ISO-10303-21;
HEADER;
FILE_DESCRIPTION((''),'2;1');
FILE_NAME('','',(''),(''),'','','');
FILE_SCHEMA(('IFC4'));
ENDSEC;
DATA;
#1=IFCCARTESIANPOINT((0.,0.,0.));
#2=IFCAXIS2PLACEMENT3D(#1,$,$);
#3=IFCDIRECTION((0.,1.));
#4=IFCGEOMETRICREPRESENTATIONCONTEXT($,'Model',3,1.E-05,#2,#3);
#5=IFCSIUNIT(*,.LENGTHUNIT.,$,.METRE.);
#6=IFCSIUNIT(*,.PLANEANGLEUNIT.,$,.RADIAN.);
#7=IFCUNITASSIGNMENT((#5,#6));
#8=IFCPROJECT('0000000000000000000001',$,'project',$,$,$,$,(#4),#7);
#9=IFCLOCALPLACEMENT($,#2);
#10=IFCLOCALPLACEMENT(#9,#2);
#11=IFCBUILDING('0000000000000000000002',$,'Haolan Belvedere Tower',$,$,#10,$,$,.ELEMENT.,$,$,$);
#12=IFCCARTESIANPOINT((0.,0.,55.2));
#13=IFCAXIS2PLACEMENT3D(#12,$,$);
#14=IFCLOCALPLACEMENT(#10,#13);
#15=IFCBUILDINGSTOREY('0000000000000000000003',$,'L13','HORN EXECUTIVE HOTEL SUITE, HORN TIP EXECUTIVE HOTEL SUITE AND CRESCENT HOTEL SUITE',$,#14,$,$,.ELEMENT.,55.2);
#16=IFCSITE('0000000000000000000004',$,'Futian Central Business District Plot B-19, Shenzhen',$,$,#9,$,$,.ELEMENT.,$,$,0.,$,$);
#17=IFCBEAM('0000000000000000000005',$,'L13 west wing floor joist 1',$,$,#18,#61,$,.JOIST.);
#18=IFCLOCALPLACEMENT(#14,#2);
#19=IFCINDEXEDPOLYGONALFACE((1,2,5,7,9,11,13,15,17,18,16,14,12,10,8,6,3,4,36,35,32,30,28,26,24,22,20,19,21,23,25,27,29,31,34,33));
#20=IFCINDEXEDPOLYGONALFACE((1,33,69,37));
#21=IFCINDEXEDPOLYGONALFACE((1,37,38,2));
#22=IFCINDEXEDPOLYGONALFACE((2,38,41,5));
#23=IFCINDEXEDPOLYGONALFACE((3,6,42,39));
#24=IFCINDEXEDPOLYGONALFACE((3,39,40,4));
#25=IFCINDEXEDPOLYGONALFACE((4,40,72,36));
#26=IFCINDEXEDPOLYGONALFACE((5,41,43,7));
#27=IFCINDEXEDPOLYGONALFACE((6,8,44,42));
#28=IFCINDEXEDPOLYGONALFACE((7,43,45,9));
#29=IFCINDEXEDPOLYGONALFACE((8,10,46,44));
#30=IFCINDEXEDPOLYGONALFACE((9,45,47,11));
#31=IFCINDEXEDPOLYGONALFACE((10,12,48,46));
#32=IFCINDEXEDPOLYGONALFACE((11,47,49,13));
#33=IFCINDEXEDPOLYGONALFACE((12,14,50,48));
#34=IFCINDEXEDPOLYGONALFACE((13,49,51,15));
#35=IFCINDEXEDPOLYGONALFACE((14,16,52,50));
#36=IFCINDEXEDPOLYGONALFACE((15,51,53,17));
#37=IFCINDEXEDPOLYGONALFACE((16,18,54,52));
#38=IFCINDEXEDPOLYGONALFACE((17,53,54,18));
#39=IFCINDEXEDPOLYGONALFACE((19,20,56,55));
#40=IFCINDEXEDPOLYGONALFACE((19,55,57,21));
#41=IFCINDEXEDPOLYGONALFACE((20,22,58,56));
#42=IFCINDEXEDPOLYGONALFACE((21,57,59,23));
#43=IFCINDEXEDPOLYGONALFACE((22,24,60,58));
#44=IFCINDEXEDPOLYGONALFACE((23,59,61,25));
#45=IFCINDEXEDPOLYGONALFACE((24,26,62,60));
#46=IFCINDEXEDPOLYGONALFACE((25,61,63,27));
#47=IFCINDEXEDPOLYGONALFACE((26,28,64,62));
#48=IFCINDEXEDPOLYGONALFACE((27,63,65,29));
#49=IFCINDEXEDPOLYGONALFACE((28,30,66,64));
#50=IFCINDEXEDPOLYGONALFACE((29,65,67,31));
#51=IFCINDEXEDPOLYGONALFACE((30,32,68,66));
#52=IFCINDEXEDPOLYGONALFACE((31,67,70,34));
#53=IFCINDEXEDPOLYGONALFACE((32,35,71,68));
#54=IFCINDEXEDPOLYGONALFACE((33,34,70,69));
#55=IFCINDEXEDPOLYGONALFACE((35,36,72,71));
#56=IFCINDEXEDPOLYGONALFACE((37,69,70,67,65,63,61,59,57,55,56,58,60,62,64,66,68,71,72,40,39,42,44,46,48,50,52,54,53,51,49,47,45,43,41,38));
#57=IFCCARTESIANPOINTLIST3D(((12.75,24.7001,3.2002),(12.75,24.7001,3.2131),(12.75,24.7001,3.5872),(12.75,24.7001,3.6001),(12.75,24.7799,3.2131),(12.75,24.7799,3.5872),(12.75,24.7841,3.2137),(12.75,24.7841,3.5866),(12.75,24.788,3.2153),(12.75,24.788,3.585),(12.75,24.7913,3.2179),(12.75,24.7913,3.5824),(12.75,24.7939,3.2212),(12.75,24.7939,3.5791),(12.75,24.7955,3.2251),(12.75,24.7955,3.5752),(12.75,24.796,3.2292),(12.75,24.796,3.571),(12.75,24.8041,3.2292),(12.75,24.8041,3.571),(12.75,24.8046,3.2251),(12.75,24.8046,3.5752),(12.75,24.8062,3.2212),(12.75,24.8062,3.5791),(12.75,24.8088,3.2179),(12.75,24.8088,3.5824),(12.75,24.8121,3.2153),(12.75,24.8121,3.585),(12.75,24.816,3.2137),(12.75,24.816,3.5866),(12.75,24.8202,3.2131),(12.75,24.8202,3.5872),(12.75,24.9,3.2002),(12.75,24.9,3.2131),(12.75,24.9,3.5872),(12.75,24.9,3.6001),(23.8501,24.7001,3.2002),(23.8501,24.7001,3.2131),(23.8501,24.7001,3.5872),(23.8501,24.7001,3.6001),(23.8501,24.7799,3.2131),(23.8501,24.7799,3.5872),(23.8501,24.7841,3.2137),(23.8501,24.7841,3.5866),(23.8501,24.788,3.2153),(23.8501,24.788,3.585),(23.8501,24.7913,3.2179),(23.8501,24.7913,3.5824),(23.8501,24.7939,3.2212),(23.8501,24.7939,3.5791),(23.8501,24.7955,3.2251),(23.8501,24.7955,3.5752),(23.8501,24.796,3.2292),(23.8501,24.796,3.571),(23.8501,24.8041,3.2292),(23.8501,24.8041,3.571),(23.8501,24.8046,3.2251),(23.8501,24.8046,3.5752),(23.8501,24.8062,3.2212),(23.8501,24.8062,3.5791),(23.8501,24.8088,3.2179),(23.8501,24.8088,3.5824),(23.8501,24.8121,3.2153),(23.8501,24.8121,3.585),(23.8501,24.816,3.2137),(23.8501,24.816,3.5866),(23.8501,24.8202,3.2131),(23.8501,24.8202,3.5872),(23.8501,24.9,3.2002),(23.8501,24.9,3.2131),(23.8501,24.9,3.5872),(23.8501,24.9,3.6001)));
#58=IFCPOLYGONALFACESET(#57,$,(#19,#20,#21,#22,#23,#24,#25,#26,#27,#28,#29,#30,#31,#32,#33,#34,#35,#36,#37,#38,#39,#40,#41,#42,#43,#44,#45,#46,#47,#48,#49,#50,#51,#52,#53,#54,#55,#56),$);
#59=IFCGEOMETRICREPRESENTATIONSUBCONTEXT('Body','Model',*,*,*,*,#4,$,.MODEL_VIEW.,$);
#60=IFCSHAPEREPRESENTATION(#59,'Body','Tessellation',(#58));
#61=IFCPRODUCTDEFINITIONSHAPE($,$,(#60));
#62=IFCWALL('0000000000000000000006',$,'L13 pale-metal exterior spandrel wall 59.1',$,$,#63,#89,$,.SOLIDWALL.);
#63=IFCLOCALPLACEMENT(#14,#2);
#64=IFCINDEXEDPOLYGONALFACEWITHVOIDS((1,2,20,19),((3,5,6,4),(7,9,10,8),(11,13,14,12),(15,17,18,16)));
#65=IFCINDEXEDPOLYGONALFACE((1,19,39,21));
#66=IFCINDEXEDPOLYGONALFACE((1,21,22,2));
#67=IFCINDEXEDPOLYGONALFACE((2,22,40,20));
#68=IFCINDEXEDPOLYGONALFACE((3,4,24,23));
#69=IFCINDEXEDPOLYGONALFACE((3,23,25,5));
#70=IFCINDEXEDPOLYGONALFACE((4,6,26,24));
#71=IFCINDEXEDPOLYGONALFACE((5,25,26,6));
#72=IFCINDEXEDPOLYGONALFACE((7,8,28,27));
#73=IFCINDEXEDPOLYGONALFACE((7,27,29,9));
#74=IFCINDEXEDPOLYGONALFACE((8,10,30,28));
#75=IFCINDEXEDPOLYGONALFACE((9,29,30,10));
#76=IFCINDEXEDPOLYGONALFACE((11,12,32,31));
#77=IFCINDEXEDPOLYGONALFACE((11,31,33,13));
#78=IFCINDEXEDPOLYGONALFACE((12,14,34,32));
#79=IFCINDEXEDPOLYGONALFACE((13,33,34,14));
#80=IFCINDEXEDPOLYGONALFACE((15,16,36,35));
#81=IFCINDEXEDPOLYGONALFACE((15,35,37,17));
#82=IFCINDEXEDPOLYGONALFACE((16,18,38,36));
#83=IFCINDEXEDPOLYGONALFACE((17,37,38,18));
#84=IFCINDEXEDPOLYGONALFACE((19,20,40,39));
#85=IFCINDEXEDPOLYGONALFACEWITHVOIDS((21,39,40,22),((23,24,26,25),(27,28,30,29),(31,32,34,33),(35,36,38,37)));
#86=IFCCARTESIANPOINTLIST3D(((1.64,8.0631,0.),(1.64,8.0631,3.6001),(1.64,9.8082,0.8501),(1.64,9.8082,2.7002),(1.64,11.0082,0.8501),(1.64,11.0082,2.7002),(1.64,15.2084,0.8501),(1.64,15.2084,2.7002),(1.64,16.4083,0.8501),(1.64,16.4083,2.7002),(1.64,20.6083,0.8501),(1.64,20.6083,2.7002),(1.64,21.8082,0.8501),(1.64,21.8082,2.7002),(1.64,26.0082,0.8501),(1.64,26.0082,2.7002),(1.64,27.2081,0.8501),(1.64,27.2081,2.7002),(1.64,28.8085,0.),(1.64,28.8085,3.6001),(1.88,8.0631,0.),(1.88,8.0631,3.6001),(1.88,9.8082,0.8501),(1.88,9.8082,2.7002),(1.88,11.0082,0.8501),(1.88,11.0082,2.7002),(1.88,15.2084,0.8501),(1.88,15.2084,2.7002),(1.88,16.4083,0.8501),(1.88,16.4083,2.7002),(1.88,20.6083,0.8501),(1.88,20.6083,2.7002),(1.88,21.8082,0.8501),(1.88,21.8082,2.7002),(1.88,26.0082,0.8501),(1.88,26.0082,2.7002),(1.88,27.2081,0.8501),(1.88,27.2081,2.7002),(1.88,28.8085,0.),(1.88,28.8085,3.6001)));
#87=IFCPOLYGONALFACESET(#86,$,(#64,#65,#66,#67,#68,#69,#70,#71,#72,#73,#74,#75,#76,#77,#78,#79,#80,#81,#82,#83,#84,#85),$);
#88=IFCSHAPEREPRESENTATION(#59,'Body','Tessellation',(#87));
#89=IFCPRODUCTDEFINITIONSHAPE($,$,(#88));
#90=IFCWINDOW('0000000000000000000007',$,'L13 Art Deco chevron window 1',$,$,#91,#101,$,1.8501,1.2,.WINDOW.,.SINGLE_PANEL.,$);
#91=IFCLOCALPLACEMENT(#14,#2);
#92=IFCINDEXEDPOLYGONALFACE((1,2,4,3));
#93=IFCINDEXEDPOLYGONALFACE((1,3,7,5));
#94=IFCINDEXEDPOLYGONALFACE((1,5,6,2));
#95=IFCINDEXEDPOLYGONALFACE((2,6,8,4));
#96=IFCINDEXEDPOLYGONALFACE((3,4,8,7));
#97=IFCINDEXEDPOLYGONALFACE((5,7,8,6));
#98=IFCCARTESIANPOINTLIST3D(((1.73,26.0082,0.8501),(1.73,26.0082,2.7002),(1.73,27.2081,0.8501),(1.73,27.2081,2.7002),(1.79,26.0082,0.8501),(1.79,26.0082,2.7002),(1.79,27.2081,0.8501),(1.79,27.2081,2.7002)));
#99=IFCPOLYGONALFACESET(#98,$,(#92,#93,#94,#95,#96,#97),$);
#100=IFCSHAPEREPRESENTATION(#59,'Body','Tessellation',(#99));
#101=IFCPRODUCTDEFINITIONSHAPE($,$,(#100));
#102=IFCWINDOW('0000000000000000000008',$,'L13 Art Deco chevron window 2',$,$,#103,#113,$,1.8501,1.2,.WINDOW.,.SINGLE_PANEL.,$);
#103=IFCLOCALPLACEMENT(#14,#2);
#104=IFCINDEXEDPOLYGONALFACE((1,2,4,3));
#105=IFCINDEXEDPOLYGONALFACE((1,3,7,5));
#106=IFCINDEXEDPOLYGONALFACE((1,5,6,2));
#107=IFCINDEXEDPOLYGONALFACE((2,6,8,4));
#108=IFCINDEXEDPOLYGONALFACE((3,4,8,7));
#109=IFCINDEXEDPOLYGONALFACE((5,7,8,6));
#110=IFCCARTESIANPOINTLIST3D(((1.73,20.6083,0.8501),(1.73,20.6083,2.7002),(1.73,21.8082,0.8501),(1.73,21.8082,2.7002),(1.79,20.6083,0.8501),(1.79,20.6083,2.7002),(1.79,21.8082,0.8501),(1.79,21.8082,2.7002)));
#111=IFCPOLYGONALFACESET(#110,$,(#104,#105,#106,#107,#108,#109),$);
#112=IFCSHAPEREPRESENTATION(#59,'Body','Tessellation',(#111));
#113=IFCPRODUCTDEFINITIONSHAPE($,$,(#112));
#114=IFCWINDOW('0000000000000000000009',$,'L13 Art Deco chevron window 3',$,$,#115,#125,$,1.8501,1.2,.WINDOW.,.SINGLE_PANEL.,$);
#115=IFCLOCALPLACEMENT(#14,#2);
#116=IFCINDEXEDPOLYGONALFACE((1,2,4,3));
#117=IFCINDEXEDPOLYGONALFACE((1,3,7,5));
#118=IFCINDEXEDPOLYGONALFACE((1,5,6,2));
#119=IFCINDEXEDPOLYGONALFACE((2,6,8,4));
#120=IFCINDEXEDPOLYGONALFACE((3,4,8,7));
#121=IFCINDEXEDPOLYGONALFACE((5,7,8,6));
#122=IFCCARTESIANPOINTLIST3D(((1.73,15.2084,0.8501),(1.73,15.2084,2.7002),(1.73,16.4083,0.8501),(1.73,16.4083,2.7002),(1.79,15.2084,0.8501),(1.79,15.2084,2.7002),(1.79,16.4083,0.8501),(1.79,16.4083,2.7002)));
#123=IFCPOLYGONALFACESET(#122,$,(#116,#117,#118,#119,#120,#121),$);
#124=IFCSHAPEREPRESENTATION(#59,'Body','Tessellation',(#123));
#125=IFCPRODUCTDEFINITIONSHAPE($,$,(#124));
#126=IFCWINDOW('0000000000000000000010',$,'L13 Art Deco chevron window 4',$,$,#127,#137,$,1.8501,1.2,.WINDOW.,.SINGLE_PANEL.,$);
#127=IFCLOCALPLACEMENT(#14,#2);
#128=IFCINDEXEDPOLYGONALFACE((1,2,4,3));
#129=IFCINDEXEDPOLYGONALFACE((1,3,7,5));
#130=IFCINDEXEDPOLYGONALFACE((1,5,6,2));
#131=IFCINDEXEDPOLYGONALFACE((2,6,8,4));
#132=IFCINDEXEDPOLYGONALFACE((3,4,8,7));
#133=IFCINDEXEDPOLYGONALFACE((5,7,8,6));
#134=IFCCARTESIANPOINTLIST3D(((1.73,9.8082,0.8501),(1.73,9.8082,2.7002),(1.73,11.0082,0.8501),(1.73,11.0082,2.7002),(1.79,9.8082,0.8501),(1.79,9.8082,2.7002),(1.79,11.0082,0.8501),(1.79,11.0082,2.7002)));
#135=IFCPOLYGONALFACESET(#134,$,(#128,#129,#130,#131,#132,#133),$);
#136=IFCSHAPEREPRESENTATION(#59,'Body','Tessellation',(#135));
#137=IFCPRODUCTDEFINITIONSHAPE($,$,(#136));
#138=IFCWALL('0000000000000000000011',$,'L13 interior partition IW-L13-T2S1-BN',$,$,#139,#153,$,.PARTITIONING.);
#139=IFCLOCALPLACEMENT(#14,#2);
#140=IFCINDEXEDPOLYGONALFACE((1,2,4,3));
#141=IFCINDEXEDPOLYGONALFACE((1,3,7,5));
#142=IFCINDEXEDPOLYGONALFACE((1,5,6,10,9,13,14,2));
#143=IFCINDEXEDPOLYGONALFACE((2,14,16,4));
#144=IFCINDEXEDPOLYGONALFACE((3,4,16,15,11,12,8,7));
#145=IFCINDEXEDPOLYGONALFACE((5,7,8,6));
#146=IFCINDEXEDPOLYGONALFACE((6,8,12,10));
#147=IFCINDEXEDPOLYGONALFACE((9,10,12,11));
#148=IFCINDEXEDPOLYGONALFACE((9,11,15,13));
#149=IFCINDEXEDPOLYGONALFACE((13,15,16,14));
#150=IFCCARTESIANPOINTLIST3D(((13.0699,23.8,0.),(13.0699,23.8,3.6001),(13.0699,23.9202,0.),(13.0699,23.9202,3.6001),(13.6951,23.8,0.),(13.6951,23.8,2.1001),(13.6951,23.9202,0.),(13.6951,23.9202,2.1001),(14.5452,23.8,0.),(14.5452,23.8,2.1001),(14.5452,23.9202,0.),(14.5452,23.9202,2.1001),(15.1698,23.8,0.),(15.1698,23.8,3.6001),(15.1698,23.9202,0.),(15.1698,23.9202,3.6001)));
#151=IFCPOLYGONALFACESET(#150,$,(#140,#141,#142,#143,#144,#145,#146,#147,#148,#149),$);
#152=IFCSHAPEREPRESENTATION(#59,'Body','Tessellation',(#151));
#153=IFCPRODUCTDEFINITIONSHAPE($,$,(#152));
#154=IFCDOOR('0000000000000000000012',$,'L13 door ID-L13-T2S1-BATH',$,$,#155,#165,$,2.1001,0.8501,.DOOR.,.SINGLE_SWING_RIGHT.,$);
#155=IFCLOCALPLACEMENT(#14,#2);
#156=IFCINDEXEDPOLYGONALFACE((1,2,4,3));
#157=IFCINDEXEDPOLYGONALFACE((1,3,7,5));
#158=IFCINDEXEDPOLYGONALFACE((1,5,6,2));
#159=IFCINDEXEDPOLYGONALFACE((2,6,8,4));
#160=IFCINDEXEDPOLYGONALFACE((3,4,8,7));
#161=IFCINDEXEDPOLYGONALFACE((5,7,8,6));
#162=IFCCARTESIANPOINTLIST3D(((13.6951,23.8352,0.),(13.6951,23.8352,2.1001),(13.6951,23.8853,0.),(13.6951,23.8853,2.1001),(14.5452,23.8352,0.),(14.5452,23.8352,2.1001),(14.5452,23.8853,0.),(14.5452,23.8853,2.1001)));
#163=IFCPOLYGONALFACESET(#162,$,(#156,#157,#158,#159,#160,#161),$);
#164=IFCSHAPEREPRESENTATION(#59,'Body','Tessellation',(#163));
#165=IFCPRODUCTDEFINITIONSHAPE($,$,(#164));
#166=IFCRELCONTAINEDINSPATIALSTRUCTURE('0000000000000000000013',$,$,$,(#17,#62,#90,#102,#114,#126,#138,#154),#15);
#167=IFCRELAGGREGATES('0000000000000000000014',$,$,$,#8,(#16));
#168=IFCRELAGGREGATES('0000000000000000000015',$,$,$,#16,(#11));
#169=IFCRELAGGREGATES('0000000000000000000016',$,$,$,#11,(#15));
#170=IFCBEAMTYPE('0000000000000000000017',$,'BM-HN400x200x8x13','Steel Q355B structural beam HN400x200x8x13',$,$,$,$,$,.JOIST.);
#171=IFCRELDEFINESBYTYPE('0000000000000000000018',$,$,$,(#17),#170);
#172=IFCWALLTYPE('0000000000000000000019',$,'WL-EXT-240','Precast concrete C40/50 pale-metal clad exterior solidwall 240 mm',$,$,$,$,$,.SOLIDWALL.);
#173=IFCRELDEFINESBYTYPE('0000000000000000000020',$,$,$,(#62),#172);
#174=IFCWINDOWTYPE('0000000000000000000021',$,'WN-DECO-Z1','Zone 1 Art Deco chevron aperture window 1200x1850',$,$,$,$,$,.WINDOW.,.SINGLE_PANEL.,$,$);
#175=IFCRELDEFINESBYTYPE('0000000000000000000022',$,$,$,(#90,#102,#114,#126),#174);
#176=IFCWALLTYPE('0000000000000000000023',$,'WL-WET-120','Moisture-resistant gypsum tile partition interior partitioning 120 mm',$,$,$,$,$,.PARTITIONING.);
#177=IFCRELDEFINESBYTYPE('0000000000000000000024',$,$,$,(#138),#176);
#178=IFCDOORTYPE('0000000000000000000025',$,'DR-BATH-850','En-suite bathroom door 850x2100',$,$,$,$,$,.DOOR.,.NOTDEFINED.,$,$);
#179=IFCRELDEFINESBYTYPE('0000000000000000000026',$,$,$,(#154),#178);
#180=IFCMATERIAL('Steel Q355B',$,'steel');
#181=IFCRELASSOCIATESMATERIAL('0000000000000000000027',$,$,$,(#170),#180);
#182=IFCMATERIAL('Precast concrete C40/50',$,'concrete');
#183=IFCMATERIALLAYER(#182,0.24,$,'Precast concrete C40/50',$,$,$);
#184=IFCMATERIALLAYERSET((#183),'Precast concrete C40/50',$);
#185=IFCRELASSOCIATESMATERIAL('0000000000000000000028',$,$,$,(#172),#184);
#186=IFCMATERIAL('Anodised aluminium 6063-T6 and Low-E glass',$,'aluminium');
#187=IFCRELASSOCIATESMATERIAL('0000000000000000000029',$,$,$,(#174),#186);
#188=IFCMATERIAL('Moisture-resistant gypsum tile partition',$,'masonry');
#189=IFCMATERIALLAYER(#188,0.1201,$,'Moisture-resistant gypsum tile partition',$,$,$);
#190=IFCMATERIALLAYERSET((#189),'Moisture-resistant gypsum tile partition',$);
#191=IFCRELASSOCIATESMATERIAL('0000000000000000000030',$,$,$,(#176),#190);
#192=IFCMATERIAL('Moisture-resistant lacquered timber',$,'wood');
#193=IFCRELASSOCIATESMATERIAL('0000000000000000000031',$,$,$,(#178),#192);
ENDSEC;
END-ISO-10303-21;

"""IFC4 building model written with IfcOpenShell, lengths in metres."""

from ifc_helpers import new_model, si_unit, direction, frame, frame_2d, origin, origin_2d, place, context, subcontext, project, spatial, rectangle, i_section, extrude, material, layer, layer_set, material_profile, profile_set, type_object, element, fill, save


model = new_model("IFC4")

# Units and contexts
model_context = context("Model", 3, precision=1e-05, world=origin(), true_north=direction((0.0, 1.0)))
body_context = subcontext(model_context, "Body", "Model", "MODEL_VIEW")
ifc_project = project(units=[si_unit("LENGTHUNIT", "METRE"), si_unit("PLANEANGLEUNIT", "RADIAN")], contexts=[model_context])

# Site, building, storey
site_placement = place(None, origin())
site = spatial("IfcSite", under=ifc_project, at=site_placement, Name="Futian Central Business District Plot B-19, Shenzhen", CompositionType="ELEMENT", RefElevation=0.0)
building_placement = place(site_placement, origin())
building = spatial("IfcBuilding", under=site, at=building_placement, Name="Haolan Belvedere Tower", CompositionType="ELEMENT")
storey_placement = place(building_placement, frame((0.0, 0.0, 55.2)))
storey = spatial("IfcBuildingStorey", under=building, at=storey_placement, Name="L13", Description="HORN EXECUTIVE HOTEL SUITE, HORN TIP EXECUTIVE HOTEL SUITE AND CRESCENT HOTEL SUITE", CompositionType="ELEMENT", Elevation=55.2)

# Shared definitions
ifc_material_1 = material(Name="Steel Q355B", Category="steel")

# Beam
ifc_material_profile_1 = material_profile(ifc_material_1, i_section(OverallWidth=0.2, OverallDepth=0.3999, WebThickness=0.0081, FlangeThickness=0.0129, FilletRadius=0.0161, at=origin_2d()), Name="Steel Q355B")
ifc_profile_set_1 = profile_set([ifc_material_profile_1], Name="Steel Q355B")
beam_type_1 = type_object("IfcBeamType", Name="BM-HN400x200x8x13", Description="Steel Q355B structural beam HN400x200x8x13", PredefinedType="JOIST", material=ifc_profile_set_1)
beam_1_placement = place(storey_placement, frame((12.75, 24.8, 3.4001), z_axis=(1.0, 0.0, 0.0), x_axis=(0.0, 1.0, 0.0)))
element("IfcBeam", 1, at=beam_1_placement, inside=storey, type_object=beam_type_1, Name="L13 west wing floor joist 1", PredefinedType="JOIST", context=body_context, shape_type="SweptSolid", body=[
    extrude(i_section(OverallWidth=0.2, OverallDepth=0.3999, WebThickness=0.0081, FlangeThickness=0.0129, FilletRadius=0.0161, at=origin_2d()), origin(), (0.0, 0.0, 1.0), 11.1001),
])

# Wall, openings, windows
ifc_material_2 = material(Name="Precast concrete C40/50", Category="concrete")
ifc_layer_1 = layer(ifc_material_2, 0.24, Name="Precast concrete C40/50")
ifc_layer_set_1 = layer_set([ifc_layer_1], Name="Precast concrete C40/50")
wall_type_1 = type_object("IfcWallType", Name="WL-EXT-240", Description="Precast concrete C40/50 pale-metal clad exterior solidwall 240 mm", PredefinedType="SOLIDWALL", material=ifc_layer_set_1)
wall_1_placement = place(storey_placement, frame((1.76, 28.8083, 0.0), z_axis=(0.0, 0.0, 1.0), x_axis=(0.0, -1.0, 0.0)))
wall_1 = element("IfcWall", 2, at=wall_1_placement, inside=storey, type_object=wall_type_1, Name="L13 pale-metal exterior spandrel wall 59.1", PredefinedType="SOLIDWALL", context=body_context, shape_type="SweptSolid", body=[
    extrude(rectangle(XDim=20.7454, YDim=0.24, at=frame_2d((10.3726, 0.0))), origin(), (0.0, 0.0, 1.0), 3.6001),
])
opening_1_placement = place(wall_1_placement, frame((1.6001, 0.0, 0.8501)))
opening_1 = element("IfcOpeningElement", 3, at=opening_1_placement, cuts=wall_1, PredefinedType="OPENING", context=body_context, shape_type="SweptSolid", body=[
    extrude(rectangle(XDim=1.2, YDim=1.8501, at=frame_2d((0.6001, 0.925))), frame((0.0, 0.1299, 0.0), z_axis=(0.0, -1.0, 0.0), x_axis=(1.0, 0.0, 0.0)), (0.0, 0.0, 1.0), 0.26),
])
opening_2_placement = place(wall_1_placement, frame((7.0, 0.0, 0.8501)))
opening_2 = element("IfcOpeningElement", 4, at=opening_2_placement, cuts=wall_1, PredefinedType="OPENING", context=body_context, shape_type="SweptSolid", body=[
    extrude(rectangle(XDim=1.2, YDim=1.8501, at=frame_2d((0.6001, 0.925))), frame((0.0, 0.1299, 0.0), z_axis=(0.0, -1.0, 0.0), x_axis=(1.0, 0.0, 0.0)), (0.0, 0.0, 1.0), 0.26),
])
opening_3_placement = place(wall_1_placement, frame((12.3999, 0.0, 0.8501)))
opening_3 = element("IfcOpeningElement", 5, at=opening_3_placement, cuts=wall_1, PredefinedType="OPENING", context=body_context, shape_type="SweptSolid", body=[
    extrude(rectangle(XDim=1.2, YDim=1.8501, at=frame_2d((0.6001, 0.925))), frame((0.0, 0.1299, 0.0), z_axis=(0.0, -1.0, 0.0), x_axis=(1.0, 0.0, 0.0)), (0.0, 0.0, 1.0), 0.26),
])
opening_4_placement = place(wall_1_placement, frame((17.8, 0.0, 0.8501)))
opening_4 = element("IfcOpeningElement", 6, at=opening_4_placement, cuts=wall_1, PredefinedType="OPENING", context=body_context, shape_type="SweptSolid", body=[
    extrude(rectangle(XDim=1.2, YDim=1.8501, at=frame_2d((0.6001, 0.925))), frame((0.0, 0.1299, 0.0), z_axis=(0.0, -1.0, 0.0), x_axis=(1.0, 0.0, 0.0)), (0.0, 0.0, 1.0), 0.26),
])
ifc_material_3 = material(Name="Anodised aluminium 6063-T6 and Low-E glass", Category="aluminium")
window_type = type_object("IfcWindowType", Name="WN-DECO-Z1", Description="Zone 1 Art Deco chevron aperture window 1200x1850", PartitioningType="SINGLE_PANEL", PredefinedType="WINDOW", material=ifc_material_3)
window_1_placement = place(opening_1_placement, origin())
window_1 = element("IfcWindow", 7, at=window_1_placement, inside=storey, type_object=window_type, Name="L13 Art Deco chevron window 1", OverallHeight=1.8501, OverallWidth=1.2, PartitioningType="SINGLE_PANEL", PredefinedType="WINDOW", context=body_context, shape_type="SweptSolid", body=[
    extrude(rectangle(XDim=1.2, YDim=1.8501, at=frame_2d((0.6001, 0.925))), frame((0.0, 0.03, 0.0), z_axis=(0.0, -1.0, 0.0), x_axis=(1.0, 0.0, 0.0)), (0.0, 0.0, 1.0), 0.0601),
])
fill(opening_1, window_1)
window_2_placement = place(opening_2_placement, origin())
window_2 = element("IfcWindow", 8, at=window_2_placement, inside=storey, type_object=window_type, Name="L13 Art Deco chevron window 2", OverallHeight=1.8501, OverallWidth=1.2, PartitioningType="SINGLE_PANEL", PredefinedType="WINDOW", context=body_context, shape_type="SweptSolid", body=[
    extrude(rectangle(XDim=1.2, YDim=1.8501, at=frame_2d((0.6001, 0.925))), frame((0.0, 0.03, 0.0), z_axis=(0.0, -1.0, 0.0), x_axis=(1.0, 0.0, 0.0)), (0.0, 0.0, 1.0), 0.0601),
])
fill(opening_2, window_2)
window_3_placement = place(opening_3_placement, origin())
window_3 = element("IfcWindow", 9, at=window_3_placement, inside=storey, type_object=window_type, Name="L13 Art Deco chevron window 3", OverallHeight=1.8501, OverallWidth=1.2, PartitioningType="SINGLE_PANEL", PredefinedType="WINDOW", context=body_context, shape_type="SweptSolid", body=[
    extrude(rectangle(XDim=1.2, YDim=1.8501, at=frame_2d((0.6001, 0.925))), frame((0.0, 0.03, 0.0), z_axis=(0.0, -1.0, 0.0), x_axis=(1.0, 0.0, 0.0)), (0.0, 0.0, 1.0), 0.0601),
])
fill(opening_3, window_3)
window_4_placement = place(opening_4_placement, origin())
window_4 = element("IfcWindow", 10, at=window_4_placement, inside=storey, type_object=window_type, Name="L13 Art Deco chevron window 4", OverallHeight=1.8501, OverallWidth=1.2, PartitioningType="SINGLE_PANEL", PredefinedType="WINDOW", context=body_context, shape_type="SweptSolid", body=[
    extrude(rectangle(XDim=1.2, YDim=1.8501, at=frame_2d((0.6001, 0.925))), frame((0.0, 0.03, 0.0), z_axis=(0.0, -1.0, 0.0), x_axis=(1.0, 0.0, 0.0)), (0.0, 0.0, 1.0), 0.0601),
])
fill(opening_4, window_4)

# Wall, opening, door
ifc_material_4 = material(Name="Moisture-resistant gypsum tile partition", Category="masonry")
ifc_layer_2 = layer(ifc_material_4, 0.1201, Name="Moisture-resistant gypsum tile partition")
ifc_layer_set_2 = layer_set([ifc_layer_2], Name="Moisture-resistant gypsum tile partition")
wall_type_2 = type_object("IfcWallType", Name="WL-WET-120", Description="Moisture-resistant gypsum tile partition interior partitioning 120 mm", PredefinedType="PARTITIONING", material=ifc_layer_set_2)
wall_2_placement = place(storey_placement, frame((13.0701, 23.8601, 0.0), z_axis=(0.0, 0.0, 1.0), x_axis=(1.0, 0.0, 0.0)))
wall_2 = element("IfcWall", 11, at=wall_2_placement, inside=storey, type_object=wall_type_2, Name="L13 interior partition IW-L13-T2S1-BN", PredefinedType="PARTITIONING", context=body_context, shape_type="SweptSolid", body=[
    extrude(rectangle(XDim=2.0999, YDim=0.1201, at=frame_2d((1.0498, 0.0))), origin(), (0.0, 0.0, 1.0), 3.6001),
])
opening_5_placement = place(wall_2_placement, frame((1.4751, 0.0, 0.0), z_axis=(0.0, 0.0, 1.0), x_axis=(-1.0, 0.0, 0.0)))
opening_5 = element("IfcOpeningElement", 12, at=opening_5_placement, cuts=wall_2, PredefinedType="OPENING", context=body_context, shape_type="SweptSolid", body=[
    extrude(rectangle(XDim=0.8501, YDim=2.1001, at=frame_2d((0.425, 1.05))), frame((0.0, 0.0701, 0.0), z_axis=(0.0, -1.0, 0.0), x_axis=(1.0, 0.0, 0.0)), (0.0, 0.0, 1.0), 0.1401),
])
ifc_material_5 = material(Name="Moisture-resistant lacquered timber", Category="wood")
door_type = type_object("IfcDoorType", Name="DR-BATH-850", Description="En-suite bathroom door 850x2100", OperationType="NOTDEFINED", PredefinedType="DOOR", material=ifc_material_5)
door_1_placement = place(opening_5_placement, origin())
door_1 = element("IfcDoor", 13, at=door_1_placement, inside=storey, type_object=door_type, Name="L13 door ID-L13-T2S1-BATH", OperationType="SINGLE_SWING_RIGHT", OverallHeight=2.1001, OverallWidth=0.8501, PredefinedType="DOOR", context=body_context, shape_type="SweptSolid", body=[
    extrude(rectangle(XDim=0.8501, YDim=2.1001, at=frame_2d((0.425, 1.05))), frame((0.0, 0.0249, 0.0), z_axis=(0.0, -1.0, 0.0), x_axis=(1.0, 0.0, 0.0)), (0.0, 0.0, 1.0), 0.05),
])
fill(opening_5, door_1)

save(model, "model.ifc")
